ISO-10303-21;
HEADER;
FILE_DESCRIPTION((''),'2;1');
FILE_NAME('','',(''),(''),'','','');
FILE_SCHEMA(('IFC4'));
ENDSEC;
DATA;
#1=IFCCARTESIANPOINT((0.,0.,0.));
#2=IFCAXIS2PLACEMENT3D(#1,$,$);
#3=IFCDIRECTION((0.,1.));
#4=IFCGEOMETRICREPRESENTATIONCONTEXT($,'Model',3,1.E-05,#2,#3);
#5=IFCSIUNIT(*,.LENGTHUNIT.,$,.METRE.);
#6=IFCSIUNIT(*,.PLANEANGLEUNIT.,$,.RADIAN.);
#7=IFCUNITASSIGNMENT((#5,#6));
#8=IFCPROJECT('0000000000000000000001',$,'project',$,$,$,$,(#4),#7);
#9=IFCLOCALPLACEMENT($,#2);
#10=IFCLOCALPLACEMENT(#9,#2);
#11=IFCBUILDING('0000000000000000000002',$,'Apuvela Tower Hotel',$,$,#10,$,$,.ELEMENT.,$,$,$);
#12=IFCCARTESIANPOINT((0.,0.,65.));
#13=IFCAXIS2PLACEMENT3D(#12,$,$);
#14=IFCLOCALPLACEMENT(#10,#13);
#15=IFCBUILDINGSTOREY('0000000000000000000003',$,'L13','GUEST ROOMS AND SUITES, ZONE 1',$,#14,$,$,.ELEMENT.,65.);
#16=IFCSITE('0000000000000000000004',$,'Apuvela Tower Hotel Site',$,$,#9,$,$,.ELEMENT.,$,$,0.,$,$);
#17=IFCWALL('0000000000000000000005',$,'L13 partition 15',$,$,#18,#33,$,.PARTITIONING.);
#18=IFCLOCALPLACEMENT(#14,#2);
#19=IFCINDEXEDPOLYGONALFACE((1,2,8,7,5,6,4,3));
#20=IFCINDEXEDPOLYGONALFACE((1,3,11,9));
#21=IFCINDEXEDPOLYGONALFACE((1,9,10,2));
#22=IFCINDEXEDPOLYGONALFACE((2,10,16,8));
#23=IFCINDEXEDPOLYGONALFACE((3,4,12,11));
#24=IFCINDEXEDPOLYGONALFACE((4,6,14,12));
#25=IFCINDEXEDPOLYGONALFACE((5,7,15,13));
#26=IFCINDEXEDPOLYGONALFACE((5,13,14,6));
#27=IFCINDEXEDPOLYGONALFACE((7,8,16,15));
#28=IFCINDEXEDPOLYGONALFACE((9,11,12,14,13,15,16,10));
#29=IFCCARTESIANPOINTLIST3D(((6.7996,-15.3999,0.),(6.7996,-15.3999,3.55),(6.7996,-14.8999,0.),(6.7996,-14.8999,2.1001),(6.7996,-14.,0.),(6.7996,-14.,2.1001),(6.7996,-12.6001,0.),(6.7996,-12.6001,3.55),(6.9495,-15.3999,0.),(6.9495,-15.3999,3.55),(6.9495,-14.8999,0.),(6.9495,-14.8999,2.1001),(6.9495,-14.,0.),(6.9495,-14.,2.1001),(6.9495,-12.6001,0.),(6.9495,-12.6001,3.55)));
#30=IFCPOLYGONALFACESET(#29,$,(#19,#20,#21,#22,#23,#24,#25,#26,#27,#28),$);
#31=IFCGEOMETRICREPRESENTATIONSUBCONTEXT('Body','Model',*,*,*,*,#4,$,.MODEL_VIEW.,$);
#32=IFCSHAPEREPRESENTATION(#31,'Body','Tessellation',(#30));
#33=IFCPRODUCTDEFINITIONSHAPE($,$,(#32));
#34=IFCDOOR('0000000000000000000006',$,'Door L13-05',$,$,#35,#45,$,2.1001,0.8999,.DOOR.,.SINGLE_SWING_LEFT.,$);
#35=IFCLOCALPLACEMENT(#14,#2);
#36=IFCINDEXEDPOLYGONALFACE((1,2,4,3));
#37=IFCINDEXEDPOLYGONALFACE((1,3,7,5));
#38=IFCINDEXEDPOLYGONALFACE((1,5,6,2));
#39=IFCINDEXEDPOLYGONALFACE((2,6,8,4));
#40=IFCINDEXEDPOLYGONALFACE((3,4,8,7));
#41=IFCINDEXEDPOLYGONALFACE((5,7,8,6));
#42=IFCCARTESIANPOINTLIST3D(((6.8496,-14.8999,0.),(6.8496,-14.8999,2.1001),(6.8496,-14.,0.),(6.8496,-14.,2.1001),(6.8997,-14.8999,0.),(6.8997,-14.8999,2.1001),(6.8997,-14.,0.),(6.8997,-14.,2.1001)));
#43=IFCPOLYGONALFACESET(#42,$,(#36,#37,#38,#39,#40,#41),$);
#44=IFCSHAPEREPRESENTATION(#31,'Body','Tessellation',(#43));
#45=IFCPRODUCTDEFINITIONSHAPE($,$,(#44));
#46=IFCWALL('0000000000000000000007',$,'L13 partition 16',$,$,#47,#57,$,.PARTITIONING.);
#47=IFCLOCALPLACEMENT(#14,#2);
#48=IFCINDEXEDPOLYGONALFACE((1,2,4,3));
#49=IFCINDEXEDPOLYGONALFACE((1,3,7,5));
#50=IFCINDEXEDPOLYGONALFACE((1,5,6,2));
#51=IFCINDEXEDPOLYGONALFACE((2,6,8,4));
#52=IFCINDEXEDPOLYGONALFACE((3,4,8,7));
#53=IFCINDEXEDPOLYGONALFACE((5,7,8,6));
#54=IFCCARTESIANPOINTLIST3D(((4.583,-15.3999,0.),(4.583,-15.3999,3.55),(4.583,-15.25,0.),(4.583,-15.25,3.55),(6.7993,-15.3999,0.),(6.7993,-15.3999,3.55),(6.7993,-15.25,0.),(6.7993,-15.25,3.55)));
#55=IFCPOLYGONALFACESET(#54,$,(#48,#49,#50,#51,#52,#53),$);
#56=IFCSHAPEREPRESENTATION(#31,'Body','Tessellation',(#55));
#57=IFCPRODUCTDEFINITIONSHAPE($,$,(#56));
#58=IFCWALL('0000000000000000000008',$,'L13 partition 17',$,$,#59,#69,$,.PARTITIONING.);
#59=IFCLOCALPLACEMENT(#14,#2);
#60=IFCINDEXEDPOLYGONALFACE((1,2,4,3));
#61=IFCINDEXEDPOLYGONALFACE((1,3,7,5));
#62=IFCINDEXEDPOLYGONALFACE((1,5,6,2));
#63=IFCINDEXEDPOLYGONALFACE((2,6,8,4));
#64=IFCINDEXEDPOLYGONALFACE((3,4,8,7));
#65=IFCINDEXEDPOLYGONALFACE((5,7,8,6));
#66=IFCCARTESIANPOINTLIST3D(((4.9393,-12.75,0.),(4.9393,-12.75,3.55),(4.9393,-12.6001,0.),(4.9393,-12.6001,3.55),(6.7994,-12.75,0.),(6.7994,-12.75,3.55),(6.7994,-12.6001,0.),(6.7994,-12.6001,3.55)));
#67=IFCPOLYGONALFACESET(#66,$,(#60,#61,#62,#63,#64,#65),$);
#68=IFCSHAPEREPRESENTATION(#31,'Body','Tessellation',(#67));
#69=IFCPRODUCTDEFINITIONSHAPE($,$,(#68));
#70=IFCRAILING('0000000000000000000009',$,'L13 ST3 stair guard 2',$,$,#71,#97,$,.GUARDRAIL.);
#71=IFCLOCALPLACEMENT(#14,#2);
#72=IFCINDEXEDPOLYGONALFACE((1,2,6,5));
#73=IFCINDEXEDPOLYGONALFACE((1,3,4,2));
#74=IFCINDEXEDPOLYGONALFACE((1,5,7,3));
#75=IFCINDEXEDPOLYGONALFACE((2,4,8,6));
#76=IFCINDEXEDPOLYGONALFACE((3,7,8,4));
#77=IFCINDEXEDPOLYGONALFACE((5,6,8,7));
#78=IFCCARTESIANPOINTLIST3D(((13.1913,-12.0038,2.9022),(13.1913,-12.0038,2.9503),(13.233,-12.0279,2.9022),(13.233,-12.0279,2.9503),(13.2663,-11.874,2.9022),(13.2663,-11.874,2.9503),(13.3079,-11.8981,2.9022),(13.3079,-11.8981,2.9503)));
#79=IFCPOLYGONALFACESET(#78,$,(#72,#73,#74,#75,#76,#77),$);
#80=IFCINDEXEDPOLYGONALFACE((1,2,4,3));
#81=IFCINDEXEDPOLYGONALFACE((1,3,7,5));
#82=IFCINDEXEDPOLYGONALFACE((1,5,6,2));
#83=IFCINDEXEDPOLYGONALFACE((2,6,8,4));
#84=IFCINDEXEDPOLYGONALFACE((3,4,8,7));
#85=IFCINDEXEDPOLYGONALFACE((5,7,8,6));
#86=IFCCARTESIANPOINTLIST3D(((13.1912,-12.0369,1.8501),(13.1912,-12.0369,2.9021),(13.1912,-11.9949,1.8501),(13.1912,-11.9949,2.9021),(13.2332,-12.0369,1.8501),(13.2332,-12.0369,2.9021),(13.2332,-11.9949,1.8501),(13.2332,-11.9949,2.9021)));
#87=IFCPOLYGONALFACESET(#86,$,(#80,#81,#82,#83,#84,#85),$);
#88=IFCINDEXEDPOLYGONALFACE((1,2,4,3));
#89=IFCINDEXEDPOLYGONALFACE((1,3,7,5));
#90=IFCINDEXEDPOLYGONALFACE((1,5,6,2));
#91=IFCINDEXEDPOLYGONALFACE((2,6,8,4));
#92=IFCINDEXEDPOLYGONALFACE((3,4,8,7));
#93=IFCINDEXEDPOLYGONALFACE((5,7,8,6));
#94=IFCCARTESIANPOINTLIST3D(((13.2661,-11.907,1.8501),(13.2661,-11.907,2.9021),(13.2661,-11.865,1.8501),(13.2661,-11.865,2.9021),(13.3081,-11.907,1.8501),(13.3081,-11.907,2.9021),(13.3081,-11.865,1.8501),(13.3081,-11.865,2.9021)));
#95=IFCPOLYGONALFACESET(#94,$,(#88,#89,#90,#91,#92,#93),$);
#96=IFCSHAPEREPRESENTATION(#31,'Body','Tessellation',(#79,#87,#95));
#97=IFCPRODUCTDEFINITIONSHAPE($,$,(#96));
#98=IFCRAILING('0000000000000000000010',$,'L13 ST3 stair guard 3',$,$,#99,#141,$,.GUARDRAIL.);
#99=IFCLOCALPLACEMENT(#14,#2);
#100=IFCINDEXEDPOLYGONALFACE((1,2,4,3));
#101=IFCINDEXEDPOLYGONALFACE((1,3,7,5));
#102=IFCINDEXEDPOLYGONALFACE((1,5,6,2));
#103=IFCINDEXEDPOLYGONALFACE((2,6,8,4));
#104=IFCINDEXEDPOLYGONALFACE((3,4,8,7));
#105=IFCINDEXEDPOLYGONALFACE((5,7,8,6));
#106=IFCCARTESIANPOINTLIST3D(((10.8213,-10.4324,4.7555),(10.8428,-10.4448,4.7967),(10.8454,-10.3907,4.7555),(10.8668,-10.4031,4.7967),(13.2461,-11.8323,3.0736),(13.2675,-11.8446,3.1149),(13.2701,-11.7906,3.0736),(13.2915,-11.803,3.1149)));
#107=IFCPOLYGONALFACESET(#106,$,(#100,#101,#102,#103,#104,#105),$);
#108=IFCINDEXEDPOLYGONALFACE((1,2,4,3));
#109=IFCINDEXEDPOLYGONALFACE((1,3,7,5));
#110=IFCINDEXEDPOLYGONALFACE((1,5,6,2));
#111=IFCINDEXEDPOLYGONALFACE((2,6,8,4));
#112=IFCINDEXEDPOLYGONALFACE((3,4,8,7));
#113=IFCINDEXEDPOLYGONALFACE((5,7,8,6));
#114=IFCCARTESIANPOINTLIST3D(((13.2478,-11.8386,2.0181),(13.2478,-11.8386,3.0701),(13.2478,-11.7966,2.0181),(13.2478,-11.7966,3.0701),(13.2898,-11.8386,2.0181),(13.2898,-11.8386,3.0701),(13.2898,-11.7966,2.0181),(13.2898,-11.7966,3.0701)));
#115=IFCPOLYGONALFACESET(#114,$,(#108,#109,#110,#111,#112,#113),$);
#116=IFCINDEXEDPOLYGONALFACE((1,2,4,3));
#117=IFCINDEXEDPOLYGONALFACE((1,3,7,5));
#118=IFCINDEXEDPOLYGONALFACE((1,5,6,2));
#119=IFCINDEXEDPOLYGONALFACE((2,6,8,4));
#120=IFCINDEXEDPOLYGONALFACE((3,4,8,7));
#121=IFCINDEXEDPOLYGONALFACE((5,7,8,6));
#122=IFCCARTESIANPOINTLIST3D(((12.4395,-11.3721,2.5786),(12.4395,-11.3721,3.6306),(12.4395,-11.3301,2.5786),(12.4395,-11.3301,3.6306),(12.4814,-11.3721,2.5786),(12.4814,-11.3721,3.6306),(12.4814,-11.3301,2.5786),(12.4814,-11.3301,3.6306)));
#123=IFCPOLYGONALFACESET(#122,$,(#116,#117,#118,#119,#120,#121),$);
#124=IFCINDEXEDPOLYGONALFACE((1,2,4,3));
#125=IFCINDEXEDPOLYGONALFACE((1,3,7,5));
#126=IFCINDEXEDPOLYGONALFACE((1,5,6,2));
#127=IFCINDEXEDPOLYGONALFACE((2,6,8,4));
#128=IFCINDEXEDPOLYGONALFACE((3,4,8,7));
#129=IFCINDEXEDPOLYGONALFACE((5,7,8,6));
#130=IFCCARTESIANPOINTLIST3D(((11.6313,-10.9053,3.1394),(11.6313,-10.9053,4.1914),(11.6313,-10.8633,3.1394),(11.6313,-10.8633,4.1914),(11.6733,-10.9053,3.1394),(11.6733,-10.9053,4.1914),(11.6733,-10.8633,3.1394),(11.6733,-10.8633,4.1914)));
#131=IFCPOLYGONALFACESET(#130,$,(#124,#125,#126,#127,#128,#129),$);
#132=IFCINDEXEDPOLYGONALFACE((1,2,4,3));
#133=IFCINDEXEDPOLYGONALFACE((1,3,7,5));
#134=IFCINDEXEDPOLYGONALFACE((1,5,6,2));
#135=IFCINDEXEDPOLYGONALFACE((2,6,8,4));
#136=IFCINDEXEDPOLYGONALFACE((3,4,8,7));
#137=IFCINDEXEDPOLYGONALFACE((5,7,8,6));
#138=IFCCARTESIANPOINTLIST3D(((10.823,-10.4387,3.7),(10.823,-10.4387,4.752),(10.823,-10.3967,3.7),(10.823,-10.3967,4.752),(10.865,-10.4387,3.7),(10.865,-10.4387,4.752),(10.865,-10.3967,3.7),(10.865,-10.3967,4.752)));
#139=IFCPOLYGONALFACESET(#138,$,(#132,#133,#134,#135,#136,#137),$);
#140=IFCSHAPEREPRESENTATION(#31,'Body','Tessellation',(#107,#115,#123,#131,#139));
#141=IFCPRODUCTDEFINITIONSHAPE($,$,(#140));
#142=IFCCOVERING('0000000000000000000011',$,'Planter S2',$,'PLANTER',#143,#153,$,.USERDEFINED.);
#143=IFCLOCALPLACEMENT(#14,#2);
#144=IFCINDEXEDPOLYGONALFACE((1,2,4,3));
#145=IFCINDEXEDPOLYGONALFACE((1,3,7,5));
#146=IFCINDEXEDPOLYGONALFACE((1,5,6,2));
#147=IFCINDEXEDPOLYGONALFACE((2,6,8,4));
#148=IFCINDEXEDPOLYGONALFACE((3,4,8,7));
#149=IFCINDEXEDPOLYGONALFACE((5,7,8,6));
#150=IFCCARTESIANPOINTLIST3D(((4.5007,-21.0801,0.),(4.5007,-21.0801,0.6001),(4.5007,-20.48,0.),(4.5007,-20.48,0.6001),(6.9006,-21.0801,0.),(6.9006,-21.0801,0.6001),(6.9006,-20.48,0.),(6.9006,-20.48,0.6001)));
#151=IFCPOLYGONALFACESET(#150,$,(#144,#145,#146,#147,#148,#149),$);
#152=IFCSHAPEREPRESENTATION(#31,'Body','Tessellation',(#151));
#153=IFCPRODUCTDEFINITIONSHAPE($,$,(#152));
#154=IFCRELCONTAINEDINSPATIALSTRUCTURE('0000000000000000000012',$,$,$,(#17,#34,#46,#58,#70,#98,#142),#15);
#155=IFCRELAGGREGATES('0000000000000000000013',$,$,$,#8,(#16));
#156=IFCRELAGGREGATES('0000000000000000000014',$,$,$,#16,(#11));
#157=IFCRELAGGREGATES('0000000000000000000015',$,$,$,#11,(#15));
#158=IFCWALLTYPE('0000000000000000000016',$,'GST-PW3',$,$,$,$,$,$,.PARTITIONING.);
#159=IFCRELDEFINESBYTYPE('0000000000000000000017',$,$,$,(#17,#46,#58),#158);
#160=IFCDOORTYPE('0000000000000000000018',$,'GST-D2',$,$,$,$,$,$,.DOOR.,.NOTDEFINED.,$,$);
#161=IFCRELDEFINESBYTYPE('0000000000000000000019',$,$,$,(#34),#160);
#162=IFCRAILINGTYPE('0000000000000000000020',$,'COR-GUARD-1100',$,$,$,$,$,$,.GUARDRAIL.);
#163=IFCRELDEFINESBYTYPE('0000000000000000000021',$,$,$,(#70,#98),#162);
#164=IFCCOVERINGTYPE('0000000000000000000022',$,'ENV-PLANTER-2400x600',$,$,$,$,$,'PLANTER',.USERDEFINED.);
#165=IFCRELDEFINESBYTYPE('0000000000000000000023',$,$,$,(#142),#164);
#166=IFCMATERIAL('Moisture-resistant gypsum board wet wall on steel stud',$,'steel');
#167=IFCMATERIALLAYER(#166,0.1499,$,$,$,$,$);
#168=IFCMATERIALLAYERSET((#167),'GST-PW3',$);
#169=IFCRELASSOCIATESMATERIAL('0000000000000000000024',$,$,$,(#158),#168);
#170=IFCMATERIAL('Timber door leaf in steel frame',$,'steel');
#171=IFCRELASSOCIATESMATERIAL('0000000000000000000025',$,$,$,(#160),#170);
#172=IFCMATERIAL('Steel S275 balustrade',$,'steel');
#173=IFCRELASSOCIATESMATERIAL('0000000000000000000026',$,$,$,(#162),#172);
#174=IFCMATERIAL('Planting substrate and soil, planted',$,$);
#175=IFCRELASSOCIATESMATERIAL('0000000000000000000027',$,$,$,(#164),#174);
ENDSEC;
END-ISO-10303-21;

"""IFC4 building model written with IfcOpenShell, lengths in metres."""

from ifc_helpers import new_model, si_unit, direction, frame, frame_2d, origin, origin_2d, place, context, subcontext, project, spatial, rectangle, extrude, material, layer, layer_set, type_object, element, fill, save


model = new_model("IFC4")

# Units and contexts
model_context = context("Model", 3, precision=1e-05, world=origin(), true_north=direction((0.0, 1.0)))
body_context = subcontext(model_context, "Body", "Model", "MODEL_VIEW")
ifc_project = project(units=[si_unit("LENGTHUNIT", "METRE"), si_unit("PLANEANGLEUNIT", "RADIAN")], contexts=[model_context])

# Site, building, storey
site_placement = place(None, origin())
site = spatial("IfcSite", under=ifc_project, at=site_placement, Name="Apuvela Tower Hotel Site", CompositionType="ELEMENT", RefElevation=0.0)
building_placement = place(site_placement, origin())
building = spatial("IfcBuilding", under=site, at=building_placement, Name="Apuvela Tower Hotel", CompositionType="ELEMENT")
storey_placement = place(building_placement, frame((0.0, 0.0, 65.0)))
storey = spatial("IfcBuildingStorey", under=building, at=storey_placement, Name="L13", Description="GUEST ROOMS AND SUITES, ZONE 1", CompositionType="ELEMENT", Elevation=65.0)

# Wall, opening, door
ifc_material_1 = material(Name="Moisture-resistant gypsum board wet wall on steel stud", Category="steel")
ifc_layer_1 = layer(ifc_material_1, 0.1499)
ifc_layer_set_1 = layer_set([ifc_layer_1], Name="GST-PW3")
wall_type_1 = type_object("IfcWallType", Name="GST-PW3", PredefinedType="PARTITIONING", material=ifc_layer_set_1)
wall_1_placement = place(storey_placement, frame((6.8745, -15.3999, 0.0), z_axis=(0.0, 0.0, 1.0), x_axis=(0.0, 1.0, 0.0)))
wall_1 = element("IfcWall", 1, at=wall_1_placement, inside=storey, type_object=wall_type_1, Name="L13 partition 15", PredefinedType="PARTITIONING", context=body_context, shape_type="SweptSolid", body=[
    extrude(rectangle(XDim=2.7998, YDim=0.1499, at=frame_2d((1.3999, 0.0))), origin(), (0.0, 0.0, 1.0), 3.55),
])
opening_1_placement = place(wall_1_placement, frame((0.5, 0.0, 0.0)))
opening_1 = element("IfcOpeningElement", 2, at=opening_1_placement, cuts=wall_1, PredefinedType="OPENING", context=body_context, shape_type="SweptSolid", body=[
    extrude(rectangle(XDim=0.8999, YDim=2.1001, at=frame_2d((0.45, 1.05))), frame((0.0, 0.085, 0.0), z_axis=(0.0, -1.0, 0.0), x_axis=(1.0, 0.0, 0.0)), (0.0, 0.0, 1.0), 0.1699),
])
ifc_material_2 = material(Name="Timber door leaf in steel frame", Category="steel")
door_type_1 = type_object("IfcDoorType", Name="GST-D2", OperationType="NOTDEFINED", PredefinedType="DOOR", material=ifc_material_2)
door_1_placement = place(opening_1_placement, origin())
door_1 = element("IfcDoor", 3, at=door_1_placement, inside=storey, type_object=door_type_1, Name="Door L13-05", OperationType="SINGLE_SWING_LEFT", OverallHeight=2.1001, OverallWidth=0.8999, PredefinedType="DOOR", context=body_context, shape_type="SweptSolid", body=[
    extrude(rectangle(XDim=0.8999, YDim=2.1001, at=frame_2d((0.45, 1.05))), frame((0.0, 0.0249, 0.0), z_axis=(0.0, -1.0, 0.0), x_axis=(1.0, 0.0, 0.0)), (0.0, 0.0, 1.0), 0.05),
])
fill(opening_1, door_1)

# Walls
wall_2_placement = place(storey_placement, frame((4.583, -15.325, 0.0), z_axis=(0.0, 0.0, 1.0), x_axis=(1.0, 0.0, 0.0)))
element("IfcWall", 4, at=wall_2_placement, inside=storey, type_object=wall_type_1, Name="L13 partition 16", PredefinedType="PARTITIONING", context=body_context, shape_type="SweptSolid", body=[
    extrude(rectangle(XDim=2.2163, YDim=0.1499, at=frame_2d((1.1082, 0.0))), origin(), (0.0, 0.0, 1.0), 3.55),
])
wall_3_placement = place(storey_placement, frame((4.9392, -12.675, 0.0), z_axis=(0.0, 0.0, 1.0), x_axis=(1.0, 0.0, 0.0)))
element("IfcWall", 5, at=wall_3_placement, inside=storey, type_object=wall_type_1, Name="L13 partition 17", PredefinedType="PARTITIONING", context=body_context, shape_type="SweptSolid", body=[
    extrude(rectangle(XDim=1.8601, YDim=0.1499, at=frame_2d((0.9302, 0.0))), origin(), (0.0, 0.0, 1.0), 3.55),
])

# Railings
ifc_material_3 = material(Name="Steel S275 balustrade", Category="steel")
railing_type = type_object("IfcRailingType", Name="COR-GUARD-1100", PredefinedType="GUARDRAIL", material=ifc_material_3)
railing_1_placement = place(storey_placement, frame((13.2122, -12.0159, 1.8501)))
element("IfcRailing", 6, at=railing_1_placement, inside=storey, type_object=railing_type, Name="L13 ST3 stair guard 2", PredefinedType="GUARDRAIL", context=body_context, shape_type="SweptSolid", body=[
    extrude(rectangle(XDim=0.0481, YDim=0.0481, at=origin_2d()), frame((0.0, 0.0, 1.0762), z_axis=(0.499816, 0.866131, 0.0), x_axis=(-0.866131, 0.499816, 0.0)), (0.0, 0.0, 1.0), 0.1499),
    extrude(rectangle(XDim=0.042, YDim=0.042, at=origin_2d()), origin(), (0.0, 0.0, 1.0), 1.052),
    extrude(rectangle(XDim=0.042, YDim=0.042, at=origin_2d()), frame((0.075, 0.1299, 0.0)), (0.0, 0.0, 1.0), 1.052),
])
railing_2_placement = place(storey_placement, frame((13.2688, -11.8176, 2.0181)))
element("IfcRailing", 7, at=railing_2_placement, inside=storey, type_object=railing_type, Name="L13 ST3 stair guard 3", PredefinedType="GUARDRAIL", context=body_context, shape_type="SweptSolid", body=[
    extrude(rectangle(XDim=0.0481, YDim=0.0481, at=origin_2d()), frame((0.0, 0.0, 1.0762), z_axis=(-0.74239, 0.428601, 0.514934), x_axis=(-0.499984, -0.866035, 0.0)), (0.0, 0.0, 1.0), 3.2661),
    extrude(rectangle(XDim=0.042, YDim=0.042, at=origin_2d()), origin(), (0.0, 0.0, 1.0), 1.052),
    extrude(rectangle(XDim=0.042, YDim=0.042, at=origin_2d()), frame((-0.8083, 0.4666, 0.5605)), (0.0, 0.0, 1.0), 1.052),
    extrude(rectangle(XDim=0.042, YDim=0.042, at=origin_2d()), frame((-1.6165, 0.9333, 1.1213)), (0.0, 0.0, 1.0), 1.052),
    extrude(rectangle(XDim=0.042, YDim=0.042, at=origin_2d()), frame((-2.4248, 1.3999, 1.6819)), (0.0, 0.0, 1.0), 1.052),
])

# Covering
ifc_material_4 = material(Name="Planting substrate and soil, planted")
covering_type = type_object("IfcCoveringType", Name="ENV-PLANTER-2400x600", ElementType="PLANTER", PredefinedType="USERDEFINED", material=ifc_material_4)
covering_placement = place(storey_placement, frame((5.7007, -20.78, 0.0), z_axis=(0.0, 0.0, 1.0), x_axis=(1.0, 0.0, 0.0)))
element("IfcCovering", 8, at=covering_placement, inside=storey, type_object=covering_type, Name="Planter S2", ObjectType="PLANTER", PredefinedType="USERDEFINED", context=body_context, shape_type="SweptSolid", body=[
    extrude(rectangle(XDim=2.3999, YDim=0.6001, at=origin_2d()), origin(), (0.0, 0.0, 1.0), 0.6001),
])

save(model, "model.ifc")
